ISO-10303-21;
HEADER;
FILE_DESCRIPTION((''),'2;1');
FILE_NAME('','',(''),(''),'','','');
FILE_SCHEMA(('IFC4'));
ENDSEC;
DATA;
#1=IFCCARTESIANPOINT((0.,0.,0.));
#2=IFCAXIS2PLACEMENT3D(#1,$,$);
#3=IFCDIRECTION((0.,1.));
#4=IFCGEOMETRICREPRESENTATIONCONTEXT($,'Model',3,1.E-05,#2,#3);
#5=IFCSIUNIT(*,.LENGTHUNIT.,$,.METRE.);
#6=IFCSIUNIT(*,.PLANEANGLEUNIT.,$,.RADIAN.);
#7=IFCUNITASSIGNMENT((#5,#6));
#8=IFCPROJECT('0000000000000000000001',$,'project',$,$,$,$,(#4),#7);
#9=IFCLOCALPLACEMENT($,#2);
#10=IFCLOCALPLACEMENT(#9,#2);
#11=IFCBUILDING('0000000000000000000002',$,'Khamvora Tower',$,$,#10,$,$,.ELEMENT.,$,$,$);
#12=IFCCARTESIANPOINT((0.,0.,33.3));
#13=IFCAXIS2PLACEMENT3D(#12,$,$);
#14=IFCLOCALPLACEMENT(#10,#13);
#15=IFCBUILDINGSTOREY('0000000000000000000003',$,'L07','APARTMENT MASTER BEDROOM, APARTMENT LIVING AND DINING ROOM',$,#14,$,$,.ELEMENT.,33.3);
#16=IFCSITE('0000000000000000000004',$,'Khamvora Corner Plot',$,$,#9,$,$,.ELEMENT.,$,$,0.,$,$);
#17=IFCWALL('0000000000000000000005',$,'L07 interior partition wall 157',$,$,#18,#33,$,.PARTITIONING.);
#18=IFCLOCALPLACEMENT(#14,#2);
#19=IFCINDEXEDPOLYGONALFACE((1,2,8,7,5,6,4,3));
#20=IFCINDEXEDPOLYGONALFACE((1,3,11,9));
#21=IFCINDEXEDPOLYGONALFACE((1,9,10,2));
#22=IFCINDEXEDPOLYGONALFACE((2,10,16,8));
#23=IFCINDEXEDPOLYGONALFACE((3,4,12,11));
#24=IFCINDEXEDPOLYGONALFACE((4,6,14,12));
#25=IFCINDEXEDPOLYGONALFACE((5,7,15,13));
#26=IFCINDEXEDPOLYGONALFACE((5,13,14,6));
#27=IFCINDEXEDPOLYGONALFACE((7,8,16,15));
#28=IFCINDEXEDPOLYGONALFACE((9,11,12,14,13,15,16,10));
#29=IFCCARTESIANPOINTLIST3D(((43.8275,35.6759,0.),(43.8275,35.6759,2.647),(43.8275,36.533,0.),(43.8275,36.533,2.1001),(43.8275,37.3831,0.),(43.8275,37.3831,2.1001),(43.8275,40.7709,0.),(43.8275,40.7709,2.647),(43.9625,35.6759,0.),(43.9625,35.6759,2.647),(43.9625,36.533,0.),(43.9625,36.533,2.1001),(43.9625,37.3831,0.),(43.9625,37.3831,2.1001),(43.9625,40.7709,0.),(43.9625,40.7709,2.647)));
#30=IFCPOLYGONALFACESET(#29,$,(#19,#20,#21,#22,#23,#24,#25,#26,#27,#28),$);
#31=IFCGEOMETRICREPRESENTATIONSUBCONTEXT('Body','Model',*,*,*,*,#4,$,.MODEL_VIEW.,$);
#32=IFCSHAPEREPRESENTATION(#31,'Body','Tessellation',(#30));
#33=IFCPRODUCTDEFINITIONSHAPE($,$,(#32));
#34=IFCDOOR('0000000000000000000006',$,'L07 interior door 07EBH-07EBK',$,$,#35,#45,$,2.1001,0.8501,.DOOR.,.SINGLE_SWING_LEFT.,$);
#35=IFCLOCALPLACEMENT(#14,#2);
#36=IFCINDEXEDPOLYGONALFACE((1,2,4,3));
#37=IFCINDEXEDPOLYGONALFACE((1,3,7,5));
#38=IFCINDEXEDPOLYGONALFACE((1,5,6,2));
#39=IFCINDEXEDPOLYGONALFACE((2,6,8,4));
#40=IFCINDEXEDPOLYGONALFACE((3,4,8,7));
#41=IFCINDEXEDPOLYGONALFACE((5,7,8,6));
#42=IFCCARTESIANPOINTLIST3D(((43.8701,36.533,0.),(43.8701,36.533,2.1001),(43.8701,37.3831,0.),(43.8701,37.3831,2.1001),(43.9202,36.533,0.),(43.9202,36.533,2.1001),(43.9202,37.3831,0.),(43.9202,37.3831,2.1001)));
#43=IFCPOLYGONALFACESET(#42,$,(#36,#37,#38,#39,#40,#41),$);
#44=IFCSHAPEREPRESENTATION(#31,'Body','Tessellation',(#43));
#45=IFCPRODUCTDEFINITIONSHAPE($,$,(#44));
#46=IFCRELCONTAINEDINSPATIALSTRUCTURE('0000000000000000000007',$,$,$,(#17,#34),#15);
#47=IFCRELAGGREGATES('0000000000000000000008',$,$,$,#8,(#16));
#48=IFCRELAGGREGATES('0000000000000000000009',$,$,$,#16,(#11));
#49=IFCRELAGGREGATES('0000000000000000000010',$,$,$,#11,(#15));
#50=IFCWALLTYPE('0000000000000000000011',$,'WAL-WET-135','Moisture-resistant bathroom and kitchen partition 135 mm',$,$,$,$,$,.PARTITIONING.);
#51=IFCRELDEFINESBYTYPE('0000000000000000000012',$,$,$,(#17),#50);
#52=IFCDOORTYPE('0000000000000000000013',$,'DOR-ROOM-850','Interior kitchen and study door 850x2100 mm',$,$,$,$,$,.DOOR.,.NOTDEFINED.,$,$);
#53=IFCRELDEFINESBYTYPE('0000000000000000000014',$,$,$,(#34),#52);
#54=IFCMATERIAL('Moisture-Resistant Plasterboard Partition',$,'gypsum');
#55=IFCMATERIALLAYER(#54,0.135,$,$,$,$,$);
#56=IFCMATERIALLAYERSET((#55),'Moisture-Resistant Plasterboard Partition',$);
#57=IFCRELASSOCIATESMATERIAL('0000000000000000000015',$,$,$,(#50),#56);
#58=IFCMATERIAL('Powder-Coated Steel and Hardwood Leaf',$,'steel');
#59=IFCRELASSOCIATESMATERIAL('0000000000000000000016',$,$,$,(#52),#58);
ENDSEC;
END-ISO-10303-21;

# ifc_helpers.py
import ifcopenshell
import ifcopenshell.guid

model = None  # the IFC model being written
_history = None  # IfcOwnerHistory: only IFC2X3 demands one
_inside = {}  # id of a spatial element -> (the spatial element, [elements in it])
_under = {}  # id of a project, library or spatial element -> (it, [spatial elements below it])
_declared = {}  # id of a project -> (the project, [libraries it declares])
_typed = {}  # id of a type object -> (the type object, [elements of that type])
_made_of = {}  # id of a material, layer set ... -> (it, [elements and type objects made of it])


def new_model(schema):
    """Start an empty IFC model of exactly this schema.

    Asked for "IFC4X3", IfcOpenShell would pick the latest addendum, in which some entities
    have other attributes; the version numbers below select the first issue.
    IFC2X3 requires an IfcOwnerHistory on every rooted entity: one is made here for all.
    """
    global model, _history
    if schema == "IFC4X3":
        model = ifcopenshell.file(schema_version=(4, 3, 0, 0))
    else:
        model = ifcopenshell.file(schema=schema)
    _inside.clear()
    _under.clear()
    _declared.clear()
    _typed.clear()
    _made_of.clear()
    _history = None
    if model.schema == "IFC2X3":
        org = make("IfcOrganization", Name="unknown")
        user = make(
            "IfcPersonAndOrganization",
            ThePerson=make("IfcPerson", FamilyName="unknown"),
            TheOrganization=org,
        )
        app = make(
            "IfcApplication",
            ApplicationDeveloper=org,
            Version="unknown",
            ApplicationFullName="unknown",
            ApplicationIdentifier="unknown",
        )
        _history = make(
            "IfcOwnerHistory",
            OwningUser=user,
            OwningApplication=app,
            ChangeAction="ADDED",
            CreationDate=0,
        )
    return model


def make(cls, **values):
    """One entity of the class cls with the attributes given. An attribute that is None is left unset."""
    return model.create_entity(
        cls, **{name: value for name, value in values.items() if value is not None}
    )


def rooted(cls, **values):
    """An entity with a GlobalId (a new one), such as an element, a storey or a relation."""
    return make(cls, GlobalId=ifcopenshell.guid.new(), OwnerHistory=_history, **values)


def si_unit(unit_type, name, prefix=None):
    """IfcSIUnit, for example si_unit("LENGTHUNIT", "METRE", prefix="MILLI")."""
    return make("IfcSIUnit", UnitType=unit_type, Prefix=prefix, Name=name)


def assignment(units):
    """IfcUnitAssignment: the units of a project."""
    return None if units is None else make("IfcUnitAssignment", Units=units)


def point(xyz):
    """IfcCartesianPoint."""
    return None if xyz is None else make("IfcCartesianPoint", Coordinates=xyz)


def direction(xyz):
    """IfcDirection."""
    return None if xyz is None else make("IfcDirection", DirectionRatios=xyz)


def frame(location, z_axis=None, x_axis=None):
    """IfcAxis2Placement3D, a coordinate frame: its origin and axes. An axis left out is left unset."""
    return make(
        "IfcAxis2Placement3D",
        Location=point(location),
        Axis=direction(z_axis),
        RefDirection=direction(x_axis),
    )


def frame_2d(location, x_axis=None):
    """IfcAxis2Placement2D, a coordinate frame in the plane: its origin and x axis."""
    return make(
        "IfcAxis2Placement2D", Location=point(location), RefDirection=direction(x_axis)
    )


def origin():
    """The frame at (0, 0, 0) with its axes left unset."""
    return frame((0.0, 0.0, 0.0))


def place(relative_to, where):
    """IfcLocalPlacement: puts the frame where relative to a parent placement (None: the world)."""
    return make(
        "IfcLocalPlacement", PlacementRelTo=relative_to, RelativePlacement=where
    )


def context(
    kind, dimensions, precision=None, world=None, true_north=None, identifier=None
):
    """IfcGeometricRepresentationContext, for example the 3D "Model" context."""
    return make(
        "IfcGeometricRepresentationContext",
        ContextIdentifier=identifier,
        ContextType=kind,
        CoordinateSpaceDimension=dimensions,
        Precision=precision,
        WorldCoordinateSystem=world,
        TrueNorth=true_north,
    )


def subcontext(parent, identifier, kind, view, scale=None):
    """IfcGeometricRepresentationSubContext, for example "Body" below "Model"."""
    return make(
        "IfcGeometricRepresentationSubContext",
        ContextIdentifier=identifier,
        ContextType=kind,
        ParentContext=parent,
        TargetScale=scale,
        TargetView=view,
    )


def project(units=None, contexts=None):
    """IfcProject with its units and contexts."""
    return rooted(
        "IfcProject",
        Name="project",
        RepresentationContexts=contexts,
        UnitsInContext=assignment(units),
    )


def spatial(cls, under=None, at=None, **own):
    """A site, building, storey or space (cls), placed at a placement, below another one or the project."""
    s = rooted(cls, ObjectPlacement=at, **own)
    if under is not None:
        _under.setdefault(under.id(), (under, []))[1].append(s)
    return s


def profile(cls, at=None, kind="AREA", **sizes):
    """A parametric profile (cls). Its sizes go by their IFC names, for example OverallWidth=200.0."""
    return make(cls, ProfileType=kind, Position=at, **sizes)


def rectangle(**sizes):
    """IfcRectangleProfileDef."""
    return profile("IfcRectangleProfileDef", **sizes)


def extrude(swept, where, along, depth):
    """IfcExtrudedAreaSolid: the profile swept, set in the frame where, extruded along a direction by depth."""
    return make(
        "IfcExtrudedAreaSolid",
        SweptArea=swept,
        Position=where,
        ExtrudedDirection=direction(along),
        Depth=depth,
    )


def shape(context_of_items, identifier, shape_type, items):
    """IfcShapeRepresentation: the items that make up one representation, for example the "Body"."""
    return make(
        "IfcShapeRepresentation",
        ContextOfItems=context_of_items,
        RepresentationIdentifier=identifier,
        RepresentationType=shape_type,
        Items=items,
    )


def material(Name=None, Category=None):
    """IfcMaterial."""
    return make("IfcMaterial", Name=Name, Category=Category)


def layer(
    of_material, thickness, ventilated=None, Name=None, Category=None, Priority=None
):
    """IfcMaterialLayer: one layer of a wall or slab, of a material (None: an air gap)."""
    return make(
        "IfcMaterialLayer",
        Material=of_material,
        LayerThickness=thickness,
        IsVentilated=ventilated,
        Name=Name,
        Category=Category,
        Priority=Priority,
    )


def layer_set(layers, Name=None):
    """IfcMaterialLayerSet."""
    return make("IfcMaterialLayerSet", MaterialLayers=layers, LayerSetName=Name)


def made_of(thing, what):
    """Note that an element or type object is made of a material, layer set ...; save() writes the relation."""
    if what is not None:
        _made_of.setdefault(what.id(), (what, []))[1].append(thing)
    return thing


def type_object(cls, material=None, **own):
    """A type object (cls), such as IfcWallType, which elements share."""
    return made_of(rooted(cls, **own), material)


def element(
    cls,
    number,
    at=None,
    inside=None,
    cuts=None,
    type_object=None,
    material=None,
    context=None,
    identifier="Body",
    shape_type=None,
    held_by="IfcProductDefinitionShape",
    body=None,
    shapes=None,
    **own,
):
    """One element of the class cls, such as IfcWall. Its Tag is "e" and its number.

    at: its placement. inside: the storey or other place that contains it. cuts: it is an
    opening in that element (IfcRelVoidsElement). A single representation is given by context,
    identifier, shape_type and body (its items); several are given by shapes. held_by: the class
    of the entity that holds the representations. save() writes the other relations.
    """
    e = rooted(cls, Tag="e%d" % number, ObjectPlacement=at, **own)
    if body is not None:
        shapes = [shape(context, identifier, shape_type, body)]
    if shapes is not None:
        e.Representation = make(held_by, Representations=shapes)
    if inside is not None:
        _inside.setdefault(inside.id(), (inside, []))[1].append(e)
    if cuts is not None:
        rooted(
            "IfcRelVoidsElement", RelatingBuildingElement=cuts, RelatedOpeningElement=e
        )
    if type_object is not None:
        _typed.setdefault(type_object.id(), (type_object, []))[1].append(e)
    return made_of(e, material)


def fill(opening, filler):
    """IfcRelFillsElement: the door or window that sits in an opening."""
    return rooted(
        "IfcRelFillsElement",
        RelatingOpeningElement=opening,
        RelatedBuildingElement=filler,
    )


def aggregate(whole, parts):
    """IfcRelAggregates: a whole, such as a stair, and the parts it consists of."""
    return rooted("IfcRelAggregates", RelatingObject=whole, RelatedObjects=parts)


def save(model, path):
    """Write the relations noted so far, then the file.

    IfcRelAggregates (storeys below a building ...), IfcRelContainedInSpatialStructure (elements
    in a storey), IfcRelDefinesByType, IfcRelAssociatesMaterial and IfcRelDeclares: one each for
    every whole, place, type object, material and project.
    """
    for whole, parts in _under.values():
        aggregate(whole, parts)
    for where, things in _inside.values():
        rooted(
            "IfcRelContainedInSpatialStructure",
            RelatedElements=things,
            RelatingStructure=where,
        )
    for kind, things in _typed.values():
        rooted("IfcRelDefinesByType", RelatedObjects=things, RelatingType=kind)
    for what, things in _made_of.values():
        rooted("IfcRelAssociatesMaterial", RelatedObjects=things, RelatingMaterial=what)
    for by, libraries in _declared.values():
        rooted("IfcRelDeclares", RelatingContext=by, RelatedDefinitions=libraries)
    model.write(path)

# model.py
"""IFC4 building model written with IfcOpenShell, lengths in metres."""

from ifc_helpers import new_model, si_unit, direction, frame, frame_2d, origin, place, context, subcontext, project, spatial, rectangle, extrude, material, layer, layer_set, type_object, element, fill, save


model = new_model("IFC4")

# Units and contexts
model_context = context("Model", 3, precision=1e-05, world=origin(), true_north=direction((0.0, 1.0)))
body_context = subcontext(model_context, "Body", "Model", "MODEL_VIEW")
ifc_project = project(units=[si_unit("LENGTHUNIT", "METRE"), si_unit("PLANEANGLEUNIT", "RADIAN")], contexts=[model_context])

# Site, building, storey
site_placement = place(None, origin())
site = spatial("IfcSite", under=ifc_project, at=site_placement, Name="Khamvora Corner Plot", CompositionType="ELEMENT", RefElevation=0.0)
building_placement = place(site_placement, origin())
building = spatial("IfcBuilding", under=site, at=building_placement, Name="Khamvora Tower", CompositionType="ELEMENT")
storey_placement = place(building_placement, frame((0.0, 0.0, 33.3)))
storey = spatial("IfcBuildingStorey", under=building, at=storey_placement, Name="L07", Description="APARTMENT MASTER BEDROOM, APARTMENT LIVING AND DINING ROOM", CompositionType="ELEMENT", Elevation=33.3)

# Shared definitions
ifc_material_1 = material(Name="Powder-Coated Steel and Hardwood Leaf", Category="steel")

# Shared definitions
ifc_material_2 = material(Name="Moisture-Resistant Plasterboard Partition", Category="gypsum")
ifc_layer_1 = layer(ifc_material_2, 0.135)
ifc_layer_set_1 = layer_set([ifc_layer_1], Name="Moisture-Resistant Plasterboard Partition")
wall_type_1 = type_object("IfcWallType", Name="WAL-WET-135", Description="Moisture-resistant bathroom and kitchen partition 135 mm", PredefinedType="PARTITIONING", material=ifc_layer_set_1)

# Wall, opening, door
wall_1_placement = place(storey_placement, frame((43.895, 35.676, 0.0), z_axis=(0.0, 0.0, 1.0), x_axis=(0.0, 1.0, 0.0)))
wall_1 = element("IfcWall", 1, at=wall_1_placement, inside=storey, type_object=wall_type_1, Name="L07 interior partition wall 157", PredefinedType="PARTITIONING", context=body_context, shape_type="SweptSolid", body=[
    extrude(rectangle(XDim=5.095, YDim=0.135, at=frame_2d((2.5474, 0.0))), origin(), (0.0, 0.0, 1.0), 2.647),
])
opening_1_placement = place(wall_1_placement, frame((0.8569, 0.0, 0.0)))
opening_1 = element("IfcOpeningElement", 2, at=opening_1_placement, cuts=wall_1, PredefinedType="OPENING", context=body_context, shape_type="SweptSolid", body=[
    extrude(rectangle(XDim=0.8501, YDim=2.1001, at=frame_2d((0.425, 1.05))), frame((0.0, 0.0774, 0.0), z_axis=(0.0, -1.0, 0.0), x_axis=(1.0, 0.0, 0.0)), (0.0, 0.0, 1.0), 0.155),
])
door_type_1 = type_object("IfcDoorType", Name="DOR-ROOM-850", Description="Interior kitchen and study door 850x2100 mm", OperationType="NOTDEFINED", PredefinedType="DOOR", material=ifc_material_1)
door_1_placement = place(opening_1_placement, origin())
door_1 = element("IfcDoor", 3, at=door_1_placement, inside=storey, type_object=door_type_1, Name="L07 interior door 07EBH-07EBK", OperationType="SINGLE_SWING_LEFT", OverallHeight=2.1001, OverallWidth=0.8501, PredefinedType="DOOR", context=body_context, shape_type="SweptSolid", body=[
    extrude(rectangle(XDim=0.8501, YDim=2.1001, at=frame_2d((0.425, 1.05))), frame((0.0, 0.0249, 0.0), z_axis=(0.0, -1.0, 0.0), x_axis=(1.0, 0.0, 0.0)), (0.0, 0.0, 1.0), 0.05),
])
fill(opening_1, door_1)

save(model, "model.ifc")
